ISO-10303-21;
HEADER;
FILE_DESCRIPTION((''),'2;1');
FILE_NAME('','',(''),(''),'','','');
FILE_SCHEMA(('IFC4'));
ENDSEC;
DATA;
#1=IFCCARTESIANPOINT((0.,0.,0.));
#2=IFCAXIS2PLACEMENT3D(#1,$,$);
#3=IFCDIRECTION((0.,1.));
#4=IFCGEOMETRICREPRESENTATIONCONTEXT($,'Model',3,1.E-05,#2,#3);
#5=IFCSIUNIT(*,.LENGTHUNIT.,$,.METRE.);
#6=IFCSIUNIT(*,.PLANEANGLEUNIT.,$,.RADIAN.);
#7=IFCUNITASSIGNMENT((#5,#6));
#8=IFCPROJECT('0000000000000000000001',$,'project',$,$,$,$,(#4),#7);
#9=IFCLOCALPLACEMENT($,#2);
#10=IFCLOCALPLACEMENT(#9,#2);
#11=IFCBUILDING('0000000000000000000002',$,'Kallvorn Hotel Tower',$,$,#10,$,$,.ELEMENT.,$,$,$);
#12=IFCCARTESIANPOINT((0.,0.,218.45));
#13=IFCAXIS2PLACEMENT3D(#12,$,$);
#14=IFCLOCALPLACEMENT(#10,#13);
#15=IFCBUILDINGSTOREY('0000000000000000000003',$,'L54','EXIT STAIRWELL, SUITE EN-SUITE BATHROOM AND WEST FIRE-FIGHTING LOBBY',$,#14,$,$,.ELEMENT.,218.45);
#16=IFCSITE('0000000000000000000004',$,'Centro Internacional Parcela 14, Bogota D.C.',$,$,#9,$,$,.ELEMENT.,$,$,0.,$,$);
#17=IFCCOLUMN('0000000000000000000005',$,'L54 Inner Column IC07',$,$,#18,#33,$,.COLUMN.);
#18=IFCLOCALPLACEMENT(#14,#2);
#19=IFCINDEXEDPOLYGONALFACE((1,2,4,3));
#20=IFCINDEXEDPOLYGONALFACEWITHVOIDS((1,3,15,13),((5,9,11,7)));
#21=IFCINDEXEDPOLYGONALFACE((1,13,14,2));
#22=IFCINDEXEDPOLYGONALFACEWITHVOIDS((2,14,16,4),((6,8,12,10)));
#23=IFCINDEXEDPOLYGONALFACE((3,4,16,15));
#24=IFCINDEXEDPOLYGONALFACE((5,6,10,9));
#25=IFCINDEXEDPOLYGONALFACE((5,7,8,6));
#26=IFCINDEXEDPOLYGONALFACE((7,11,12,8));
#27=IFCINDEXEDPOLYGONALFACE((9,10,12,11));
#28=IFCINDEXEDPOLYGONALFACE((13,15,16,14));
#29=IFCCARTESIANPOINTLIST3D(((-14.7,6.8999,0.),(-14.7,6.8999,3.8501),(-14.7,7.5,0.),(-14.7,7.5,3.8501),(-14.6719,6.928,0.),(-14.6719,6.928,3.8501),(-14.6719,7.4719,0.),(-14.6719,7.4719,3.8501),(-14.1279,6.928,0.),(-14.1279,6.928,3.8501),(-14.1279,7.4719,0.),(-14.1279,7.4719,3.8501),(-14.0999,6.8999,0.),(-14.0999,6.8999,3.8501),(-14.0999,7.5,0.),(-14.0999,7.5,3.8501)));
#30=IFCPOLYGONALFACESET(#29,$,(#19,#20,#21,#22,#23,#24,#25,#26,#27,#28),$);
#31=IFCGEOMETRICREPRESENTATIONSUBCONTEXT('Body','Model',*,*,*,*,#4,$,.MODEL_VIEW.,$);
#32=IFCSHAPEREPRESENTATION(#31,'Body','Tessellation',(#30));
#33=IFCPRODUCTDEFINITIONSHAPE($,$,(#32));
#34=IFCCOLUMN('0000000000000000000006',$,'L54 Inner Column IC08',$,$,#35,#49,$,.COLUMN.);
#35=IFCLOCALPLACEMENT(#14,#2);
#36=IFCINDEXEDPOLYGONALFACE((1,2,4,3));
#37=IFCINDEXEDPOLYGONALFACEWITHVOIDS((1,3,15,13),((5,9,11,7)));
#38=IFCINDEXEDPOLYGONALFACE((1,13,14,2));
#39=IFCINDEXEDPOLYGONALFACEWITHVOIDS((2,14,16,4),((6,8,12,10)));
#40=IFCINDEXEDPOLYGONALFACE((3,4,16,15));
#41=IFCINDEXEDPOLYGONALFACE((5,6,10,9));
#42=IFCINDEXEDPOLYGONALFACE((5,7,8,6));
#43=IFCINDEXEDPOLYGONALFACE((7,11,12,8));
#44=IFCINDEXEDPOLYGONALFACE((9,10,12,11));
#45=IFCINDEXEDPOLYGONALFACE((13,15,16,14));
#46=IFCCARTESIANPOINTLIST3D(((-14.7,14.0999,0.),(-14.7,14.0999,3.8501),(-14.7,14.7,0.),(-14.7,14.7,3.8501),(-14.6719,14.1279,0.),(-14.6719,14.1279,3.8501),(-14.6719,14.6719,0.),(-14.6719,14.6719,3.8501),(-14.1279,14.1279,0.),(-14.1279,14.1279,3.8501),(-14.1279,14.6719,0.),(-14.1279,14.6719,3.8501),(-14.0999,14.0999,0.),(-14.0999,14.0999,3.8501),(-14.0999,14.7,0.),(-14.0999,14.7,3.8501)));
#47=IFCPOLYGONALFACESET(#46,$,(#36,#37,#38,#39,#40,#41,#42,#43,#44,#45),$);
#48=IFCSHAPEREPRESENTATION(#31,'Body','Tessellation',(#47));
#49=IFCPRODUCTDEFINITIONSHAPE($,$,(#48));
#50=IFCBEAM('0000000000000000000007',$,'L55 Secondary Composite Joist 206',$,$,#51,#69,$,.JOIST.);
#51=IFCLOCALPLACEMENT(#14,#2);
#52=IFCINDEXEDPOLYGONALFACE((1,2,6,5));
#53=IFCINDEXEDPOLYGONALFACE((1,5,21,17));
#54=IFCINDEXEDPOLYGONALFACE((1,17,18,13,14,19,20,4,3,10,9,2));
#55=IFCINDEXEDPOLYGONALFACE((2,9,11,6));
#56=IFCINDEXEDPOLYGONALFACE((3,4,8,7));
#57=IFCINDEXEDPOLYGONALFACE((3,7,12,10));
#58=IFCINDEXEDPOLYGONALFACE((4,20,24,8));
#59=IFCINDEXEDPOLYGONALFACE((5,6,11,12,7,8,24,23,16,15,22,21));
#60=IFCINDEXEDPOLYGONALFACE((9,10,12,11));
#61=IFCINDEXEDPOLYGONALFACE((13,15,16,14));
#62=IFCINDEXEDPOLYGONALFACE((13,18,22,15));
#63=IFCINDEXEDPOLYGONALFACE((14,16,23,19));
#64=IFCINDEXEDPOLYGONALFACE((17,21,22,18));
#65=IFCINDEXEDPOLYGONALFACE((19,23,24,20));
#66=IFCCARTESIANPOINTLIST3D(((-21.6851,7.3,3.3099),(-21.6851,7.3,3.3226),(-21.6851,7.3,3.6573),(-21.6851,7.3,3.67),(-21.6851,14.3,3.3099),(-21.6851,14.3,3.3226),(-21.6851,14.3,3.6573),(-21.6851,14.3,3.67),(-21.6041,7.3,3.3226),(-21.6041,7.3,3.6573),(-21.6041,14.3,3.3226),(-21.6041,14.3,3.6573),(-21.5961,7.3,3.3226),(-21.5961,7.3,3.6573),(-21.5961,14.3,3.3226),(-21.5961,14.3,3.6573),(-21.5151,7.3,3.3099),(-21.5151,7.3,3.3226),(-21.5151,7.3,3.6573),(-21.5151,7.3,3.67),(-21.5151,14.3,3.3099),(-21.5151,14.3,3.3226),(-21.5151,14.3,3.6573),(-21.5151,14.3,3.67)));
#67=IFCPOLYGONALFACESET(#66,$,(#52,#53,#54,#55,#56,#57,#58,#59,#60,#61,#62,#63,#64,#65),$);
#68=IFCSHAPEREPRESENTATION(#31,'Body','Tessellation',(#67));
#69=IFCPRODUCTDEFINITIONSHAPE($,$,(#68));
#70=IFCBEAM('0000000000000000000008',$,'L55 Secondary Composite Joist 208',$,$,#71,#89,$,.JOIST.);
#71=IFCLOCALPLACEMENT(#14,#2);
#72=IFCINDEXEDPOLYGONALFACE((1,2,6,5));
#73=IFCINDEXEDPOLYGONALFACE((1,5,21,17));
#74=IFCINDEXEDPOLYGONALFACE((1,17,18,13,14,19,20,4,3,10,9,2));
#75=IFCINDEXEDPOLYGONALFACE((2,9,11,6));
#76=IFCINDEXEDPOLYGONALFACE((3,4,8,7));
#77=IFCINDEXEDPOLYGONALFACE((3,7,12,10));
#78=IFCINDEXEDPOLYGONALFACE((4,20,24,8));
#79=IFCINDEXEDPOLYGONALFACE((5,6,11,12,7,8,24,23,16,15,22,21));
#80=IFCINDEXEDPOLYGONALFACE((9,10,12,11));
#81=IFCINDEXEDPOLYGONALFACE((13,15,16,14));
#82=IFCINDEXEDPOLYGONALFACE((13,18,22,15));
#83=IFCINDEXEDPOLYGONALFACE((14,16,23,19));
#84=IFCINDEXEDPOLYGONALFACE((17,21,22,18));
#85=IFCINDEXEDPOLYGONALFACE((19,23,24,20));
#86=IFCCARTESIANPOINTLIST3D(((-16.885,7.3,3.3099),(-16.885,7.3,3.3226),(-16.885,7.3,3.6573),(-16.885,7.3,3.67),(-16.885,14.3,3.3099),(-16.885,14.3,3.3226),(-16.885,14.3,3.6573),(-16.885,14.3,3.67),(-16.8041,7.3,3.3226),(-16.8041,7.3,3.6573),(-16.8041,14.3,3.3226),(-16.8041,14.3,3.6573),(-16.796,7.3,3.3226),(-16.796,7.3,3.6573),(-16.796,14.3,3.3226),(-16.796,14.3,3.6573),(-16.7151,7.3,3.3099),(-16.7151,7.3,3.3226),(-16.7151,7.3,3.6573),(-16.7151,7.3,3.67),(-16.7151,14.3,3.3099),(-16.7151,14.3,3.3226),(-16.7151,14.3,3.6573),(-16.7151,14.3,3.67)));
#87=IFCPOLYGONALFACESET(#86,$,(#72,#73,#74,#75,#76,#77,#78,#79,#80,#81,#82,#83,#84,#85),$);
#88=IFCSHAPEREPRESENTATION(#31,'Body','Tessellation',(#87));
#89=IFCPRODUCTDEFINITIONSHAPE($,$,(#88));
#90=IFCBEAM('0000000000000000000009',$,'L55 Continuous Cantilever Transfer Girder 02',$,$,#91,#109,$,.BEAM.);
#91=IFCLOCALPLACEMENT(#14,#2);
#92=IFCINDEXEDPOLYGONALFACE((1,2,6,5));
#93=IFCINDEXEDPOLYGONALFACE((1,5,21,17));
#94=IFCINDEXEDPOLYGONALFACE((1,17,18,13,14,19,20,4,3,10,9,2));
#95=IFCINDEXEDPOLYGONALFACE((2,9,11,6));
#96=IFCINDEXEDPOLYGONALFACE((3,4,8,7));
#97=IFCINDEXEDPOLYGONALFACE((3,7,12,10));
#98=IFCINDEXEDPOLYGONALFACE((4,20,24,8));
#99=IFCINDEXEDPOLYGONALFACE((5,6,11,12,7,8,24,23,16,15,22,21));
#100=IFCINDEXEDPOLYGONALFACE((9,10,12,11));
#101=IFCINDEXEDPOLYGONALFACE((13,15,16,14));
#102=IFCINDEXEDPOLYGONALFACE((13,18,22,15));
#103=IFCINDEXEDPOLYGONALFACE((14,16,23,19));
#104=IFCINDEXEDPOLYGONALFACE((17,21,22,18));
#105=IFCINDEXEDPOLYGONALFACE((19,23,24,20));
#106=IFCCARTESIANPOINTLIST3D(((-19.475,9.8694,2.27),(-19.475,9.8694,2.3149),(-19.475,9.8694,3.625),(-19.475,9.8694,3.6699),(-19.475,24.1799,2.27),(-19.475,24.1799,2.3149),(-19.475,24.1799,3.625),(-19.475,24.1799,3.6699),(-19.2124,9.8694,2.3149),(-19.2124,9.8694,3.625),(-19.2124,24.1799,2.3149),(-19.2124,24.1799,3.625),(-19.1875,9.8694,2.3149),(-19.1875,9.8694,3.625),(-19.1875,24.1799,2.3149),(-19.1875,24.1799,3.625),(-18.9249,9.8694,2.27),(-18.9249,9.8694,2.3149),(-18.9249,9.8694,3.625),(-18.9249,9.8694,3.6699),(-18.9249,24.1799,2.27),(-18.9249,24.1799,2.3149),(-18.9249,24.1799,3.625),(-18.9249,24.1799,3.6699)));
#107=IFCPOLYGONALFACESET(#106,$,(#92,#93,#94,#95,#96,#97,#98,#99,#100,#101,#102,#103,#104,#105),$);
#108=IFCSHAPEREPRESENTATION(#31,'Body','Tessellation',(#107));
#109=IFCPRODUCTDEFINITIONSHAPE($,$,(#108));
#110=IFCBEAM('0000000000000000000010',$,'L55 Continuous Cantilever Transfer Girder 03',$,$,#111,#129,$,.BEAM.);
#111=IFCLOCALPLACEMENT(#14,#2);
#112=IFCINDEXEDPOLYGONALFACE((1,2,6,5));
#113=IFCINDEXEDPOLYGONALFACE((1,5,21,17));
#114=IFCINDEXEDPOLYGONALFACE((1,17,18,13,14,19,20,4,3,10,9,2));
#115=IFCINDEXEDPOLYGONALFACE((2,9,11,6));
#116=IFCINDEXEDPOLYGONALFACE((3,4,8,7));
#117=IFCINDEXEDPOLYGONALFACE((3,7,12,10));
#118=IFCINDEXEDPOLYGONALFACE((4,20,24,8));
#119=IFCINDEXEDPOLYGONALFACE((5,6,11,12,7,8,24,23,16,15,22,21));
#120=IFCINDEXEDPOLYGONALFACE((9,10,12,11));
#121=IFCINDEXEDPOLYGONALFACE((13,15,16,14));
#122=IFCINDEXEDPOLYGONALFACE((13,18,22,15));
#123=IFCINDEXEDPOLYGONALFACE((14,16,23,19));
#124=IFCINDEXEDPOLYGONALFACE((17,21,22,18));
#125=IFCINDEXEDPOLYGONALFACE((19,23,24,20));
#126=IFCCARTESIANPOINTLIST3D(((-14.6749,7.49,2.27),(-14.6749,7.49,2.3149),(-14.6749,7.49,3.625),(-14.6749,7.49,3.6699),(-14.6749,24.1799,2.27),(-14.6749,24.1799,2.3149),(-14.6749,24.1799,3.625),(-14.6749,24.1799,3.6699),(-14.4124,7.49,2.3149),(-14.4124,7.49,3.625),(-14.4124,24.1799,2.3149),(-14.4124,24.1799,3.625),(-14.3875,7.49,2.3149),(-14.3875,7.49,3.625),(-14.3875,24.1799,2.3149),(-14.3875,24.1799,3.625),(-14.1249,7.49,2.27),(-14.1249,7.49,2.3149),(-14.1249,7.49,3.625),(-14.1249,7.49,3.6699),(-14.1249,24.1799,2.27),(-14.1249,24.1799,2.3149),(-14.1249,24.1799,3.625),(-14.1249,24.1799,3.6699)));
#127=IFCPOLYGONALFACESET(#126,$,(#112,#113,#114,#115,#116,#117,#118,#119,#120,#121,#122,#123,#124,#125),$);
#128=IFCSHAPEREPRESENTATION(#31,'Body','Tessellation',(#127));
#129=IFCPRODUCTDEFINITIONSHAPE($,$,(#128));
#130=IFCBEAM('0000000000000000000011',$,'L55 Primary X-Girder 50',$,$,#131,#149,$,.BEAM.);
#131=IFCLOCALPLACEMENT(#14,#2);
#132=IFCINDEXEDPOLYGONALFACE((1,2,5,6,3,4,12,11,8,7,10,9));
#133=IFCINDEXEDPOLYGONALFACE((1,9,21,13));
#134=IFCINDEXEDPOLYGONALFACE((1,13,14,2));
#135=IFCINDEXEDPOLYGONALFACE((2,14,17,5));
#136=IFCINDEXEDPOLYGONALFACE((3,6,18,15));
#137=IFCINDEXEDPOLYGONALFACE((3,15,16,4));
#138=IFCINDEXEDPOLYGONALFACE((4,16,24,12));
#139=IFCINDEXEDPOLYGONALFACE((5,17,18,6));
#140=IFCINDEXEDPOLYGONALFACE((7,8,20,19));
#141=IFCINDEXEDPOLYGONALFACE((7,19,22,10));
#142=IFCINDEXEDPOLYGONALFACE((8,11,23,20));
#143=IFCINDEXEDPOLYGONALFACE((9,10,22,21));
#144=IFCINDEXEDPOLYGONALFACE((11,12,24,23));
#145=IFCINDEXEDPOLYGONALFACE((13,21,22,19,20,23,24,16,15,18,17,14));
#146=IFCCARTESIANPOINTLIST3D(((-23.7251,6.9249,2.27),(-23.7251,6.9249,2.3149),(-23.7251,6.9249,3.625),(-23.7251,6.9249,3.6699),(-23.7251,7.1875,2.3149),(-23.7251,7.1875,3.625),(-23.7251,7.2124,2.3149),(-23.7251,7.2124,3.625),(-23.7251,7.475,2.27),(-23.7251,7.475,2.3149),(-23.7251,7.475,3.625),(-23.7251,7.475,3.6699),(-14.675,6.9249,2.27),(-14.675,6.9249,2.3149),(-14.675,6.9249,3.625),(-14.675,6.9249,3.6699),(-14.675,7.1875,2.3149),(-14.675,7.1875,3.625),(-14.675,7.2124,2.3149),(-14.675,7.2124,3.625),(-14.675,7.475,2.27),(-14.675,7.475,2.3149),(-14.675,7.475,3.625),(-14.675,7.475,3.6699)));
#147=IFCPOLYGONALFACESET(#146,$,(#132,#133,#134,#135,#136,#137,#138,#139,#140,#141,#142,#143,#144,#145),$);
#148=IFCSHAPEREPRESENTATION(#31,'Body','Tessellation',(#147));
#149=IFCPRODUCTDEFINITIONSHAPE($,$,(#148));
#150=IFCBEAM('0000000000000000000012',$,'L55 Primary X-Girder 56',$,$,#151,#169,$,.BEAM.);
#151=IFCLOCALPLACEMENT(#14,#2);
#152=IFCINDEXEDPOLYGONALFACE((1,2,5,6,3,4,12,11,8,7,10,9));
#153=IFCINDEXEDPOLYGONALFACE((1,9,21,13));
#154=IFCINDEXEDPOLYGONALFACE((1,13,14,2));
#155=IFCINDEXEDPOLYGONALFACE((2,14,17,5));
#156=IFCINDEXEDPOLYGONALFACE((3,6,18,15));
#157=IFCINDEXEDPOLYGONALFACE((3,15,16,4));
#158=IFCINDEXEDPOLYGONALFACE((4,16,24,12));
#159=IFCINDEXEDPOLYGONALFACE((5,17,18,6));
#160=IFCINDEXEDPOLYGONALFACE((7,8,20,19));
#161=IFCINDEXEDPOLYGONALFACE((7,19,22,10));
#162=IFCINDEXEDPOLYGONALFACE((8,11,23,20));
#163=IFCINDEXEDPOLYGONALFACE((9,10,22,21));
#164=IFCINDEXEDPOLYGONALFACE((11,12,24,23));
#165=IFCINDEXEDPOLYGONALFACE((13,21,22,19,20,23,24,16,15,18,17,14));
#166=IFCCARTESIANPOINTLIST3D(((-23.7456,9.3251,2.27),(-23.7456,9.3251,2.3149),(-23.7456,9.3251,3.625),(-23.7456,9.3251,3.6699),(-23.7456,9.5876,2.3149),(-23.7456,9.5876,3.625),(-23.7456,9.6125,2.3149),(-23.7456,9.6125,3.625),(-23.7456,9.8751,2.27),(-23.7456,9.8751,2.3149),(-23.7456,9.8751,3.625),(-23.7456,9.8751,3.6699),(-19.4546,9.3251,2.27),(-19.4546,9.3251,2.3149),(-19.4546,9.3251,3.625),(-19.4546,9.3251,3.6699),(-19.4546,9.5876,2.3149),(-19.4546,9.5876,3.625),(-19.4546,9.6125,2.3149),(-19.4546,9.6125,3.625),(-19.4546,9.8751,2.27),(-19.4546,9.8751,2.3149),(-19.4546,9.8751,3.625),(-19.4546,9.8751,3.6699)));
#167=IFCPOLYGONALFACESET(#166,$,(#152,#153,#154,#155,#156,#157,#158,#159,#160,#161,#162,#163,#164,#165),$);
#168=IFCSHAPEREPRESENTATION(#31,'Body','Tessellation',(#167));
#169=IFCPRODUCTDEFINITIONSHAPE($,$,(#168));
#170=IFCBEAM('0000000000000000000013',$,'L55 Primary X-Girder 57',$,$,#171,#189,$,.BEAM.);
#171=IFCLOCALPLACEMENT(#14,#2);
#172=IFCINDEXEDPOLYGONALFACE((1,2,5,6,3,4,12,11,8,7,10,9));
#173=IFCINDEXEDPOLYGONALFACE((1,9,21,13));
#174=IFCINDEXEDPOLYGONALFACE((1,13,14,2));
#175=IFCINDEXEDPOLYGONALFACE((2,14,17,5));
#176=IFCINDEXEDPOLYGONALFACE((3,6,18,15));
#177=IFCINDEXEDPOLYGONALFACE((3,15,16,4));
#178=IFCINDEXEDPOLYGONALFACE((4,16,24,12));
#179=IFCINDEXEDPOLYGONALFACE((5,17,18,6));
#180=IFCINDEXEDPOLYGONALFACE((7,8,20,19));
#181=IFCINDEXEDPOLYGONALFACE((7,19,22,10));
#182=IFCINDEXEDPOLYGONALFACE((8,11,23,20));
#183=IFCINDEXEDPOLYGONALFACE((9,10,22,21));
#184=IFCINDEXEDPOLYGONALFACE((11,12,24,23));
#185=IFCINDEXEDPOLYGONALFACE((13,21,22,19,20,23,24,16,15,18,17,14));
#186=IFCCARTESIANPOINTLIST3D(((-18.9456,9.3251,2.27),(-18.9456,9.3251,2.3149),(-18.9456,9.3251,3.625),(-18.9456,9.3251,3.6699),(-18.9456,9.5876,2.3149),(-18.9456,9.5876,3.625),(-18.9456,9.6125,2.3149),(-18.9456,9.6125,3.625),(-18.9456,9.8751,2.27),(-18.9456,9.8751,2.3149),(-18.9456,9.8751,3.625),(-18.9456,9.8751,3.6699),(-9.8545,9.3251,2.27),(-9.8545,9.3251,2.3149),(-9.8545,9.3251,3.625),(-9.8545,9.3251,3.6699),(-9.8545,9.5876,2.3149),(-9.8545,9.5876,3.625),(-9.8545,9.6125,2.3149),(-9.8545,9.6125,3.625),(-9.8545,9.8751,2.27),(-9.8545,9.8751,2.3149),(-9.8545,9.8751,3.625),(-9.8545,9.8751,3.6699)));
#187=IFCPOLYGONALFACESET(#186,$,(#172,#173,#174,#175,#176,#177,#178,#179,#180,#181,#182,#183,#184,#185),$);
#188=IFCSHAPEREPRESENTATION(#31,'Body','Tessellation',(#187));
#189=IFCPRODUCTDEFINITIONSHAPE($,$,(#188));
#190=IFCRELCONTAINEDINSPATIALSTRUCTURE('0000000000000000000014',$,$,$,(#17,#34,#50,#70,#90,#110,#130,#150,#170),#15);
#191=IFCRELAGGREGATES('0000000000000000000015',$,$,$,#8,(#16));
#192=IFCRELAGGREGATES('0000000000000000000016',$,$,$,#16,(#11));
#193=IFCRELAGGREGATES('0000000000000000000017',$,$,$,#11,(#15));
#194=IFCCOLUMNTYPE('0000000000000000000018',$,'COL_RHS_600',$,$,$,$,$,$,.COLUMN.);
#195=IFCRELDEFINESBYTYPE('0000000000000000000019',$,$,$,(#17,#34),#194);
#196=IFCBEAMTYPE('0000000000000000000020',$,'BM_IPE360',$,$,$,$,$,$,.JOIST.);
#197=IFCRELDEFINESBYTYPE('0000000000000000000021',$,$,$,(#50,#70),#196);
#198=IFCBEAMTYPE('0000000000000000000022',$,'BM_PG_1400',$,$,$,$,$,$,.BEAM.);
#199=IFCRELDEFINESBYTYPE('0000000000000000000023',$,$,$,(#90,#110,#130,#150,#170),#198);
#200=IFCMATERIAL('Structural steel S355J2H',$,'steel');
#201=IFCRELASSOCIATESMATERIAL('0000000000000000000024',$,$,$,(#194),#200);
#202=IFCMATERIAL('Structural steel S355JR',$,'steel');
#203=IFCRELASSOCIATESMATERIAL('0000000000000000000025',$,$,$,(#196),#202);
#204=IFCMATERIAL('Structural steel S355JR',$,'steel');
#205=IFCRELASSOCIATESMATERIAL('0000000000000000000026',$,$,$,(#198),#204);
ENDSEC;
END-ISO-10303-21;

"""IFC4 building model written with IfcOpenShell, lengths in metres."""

from ifc_helpers import new_model, si_unit, direction, frame, origin, origin_2d, place, context, subcontext, project, spatial, hollow_rectangle, i_section, extrude, material, material_profile, profile_set, type_object, element, save


model = new_model("IFC4")

# Units and contexts
model_context = context("Model", 3, precision=1e-05, world=origin(), true_north=direction((0.0, 1.0)))
body_context = subcontext(model_context, "Body", "Model", "MODEL_VIEW")
ifc_project = project(units=[si_unit("LENGTHUNIT", "METRE"), si_unit("PLANEANGLEUNIT", "RADIAN")], contexts=[model_context])

# Site, building, storey
site_placement = place(None, origin())
site = spatial("IfcSite", under=ifc_project, at=site_placement, Name="Centro Internacional Parcela 14, Bogota D.C.", CompositionType="ELEMENT", RefElevation=0.0)
building_placement = place(site_placement, origin())
building = spatial("IfcBuilding", under=site, at=building_placement, Name="Kallvorn Hotel Tower", CompositionType="ELEMENT")
storey_placement = place(building_placement, frame((0.0, 0.0, 218.45)))
storey = spatial("IfcBuildingStorey", under=building, at=storey_placement, Name="L54", Description="EXIT STAIRWELL, SUITE EN-SUITE BATHROOM AND WEST FIRE-FIGHTING LOBBY", CompositionType="ELEMENT", Elevation=218.45)

# Columns
ifc_material_1 = material(Name="Structural steel S355J2H", Category="steel")
ifc_material_profile_1 = material_profile(ifc_material_1, hollow_rectangle(XDim=0.6001, YDim=0.6001, WallThickness=0.0281, at=origin_2d()), Name="RHS 600x600x28")
ifc_profile_set_1 = profile_set([ifc_material_profile_1], Name="Structural steel S355J2H")
column_type_1 = type_object("IfcColumnType", Name="COL_RHS_600", PredefinedType="COLUMN", material=ifc_profile_set_1)
for number, where, z_axis, x_axis, name in (
    (1, (-14.3999, 7.2, 0.0), (0.0, 0.0, 1.0), (1.0, 0.0, 0.0), "L54 Inner Column IC07"),
    (2, (-14.3999, 14.3999, 0.0), (0.0, 0.0, 1.0), (1.0, 0.0, 0.0), "L54 Inner Column IC08"),
):
    element("IfcColumn", number, at=place(storey_placement, frame(where, z_axis=z_axis, x_axis=x_axis)), inside=storey, type_object=column_type_1, Name=name, PredefinedType="COLUMN", context=body_context, shape_type="SweptSolid", body=[
        extrude(hollow_rectangle(XDim=0.6001, YDim=0.6001, WallThickness=0.0281, at=origin_2d()), origin(), (0.0, 0.0, 1.0), 3.8501),
    ])

# Beams
ifc_material_2 = material(Name="Structural steel S355JR", Category="steel")
ifc_material_profile_2 = material_profile(ifc_material_2, i_section(OverallWidth=0.1699, OverallDepth=0.3601, WebThickness=0.0081, FlangeThickness=0.0127, at=origin_2d()), Name="IPE 360")
ifc_profile_set_2 = profile_set([ifc_material_profile_2], Name="Structural steel S355JR")
beam_type_1 = type_object("IfcBeamType", Name="BM_IPE360", PredefinedType="JOIST", material=ifc_profile_set_2)
for number, where, z_axis, x_axis, name in (
    (3, (-21.6001, 7.3, 3.49), (0.0, 1.0, 0.0), (-1.0, 0.0, 0.0), "L55 Secondary Composite Joist 206"),
    (4, (-16.8, 7.3, 3.49), (0.0, 1.0, 0.0), (-1.0, 0.0, 0.0), "L55 Secondary Composite Joist 208"),
):
    element("IfcBeam", number, at=place(storey_placement, frame(where, z_axis=z_axis, x_axis=x_axis)), inside=storey, type_object=beam_type_1, Name=name, PredefinedType="JOIST", context=body_context, shape_type="SweptSolid", body=[
        extrude(i_section(OverallWidth=0.1699, OverallDepth=0.3601, WebThickness=0.0081, FlangeThickness=0.0127, at=origin_2d()), origin(), (0.0, 0.0, 1.0), 7.0),
    ])
ifc_material_3 = material(Name="Structural steel S355JR", Category="steel")
ifc_material_profile_3 = material_profile(ifc_material_3, i_section(OverallWidth=0.55, OverallDepth=1.3999, WebThickness=0.0249, FlangeThickness=0.0449, at=origin_2d()), Name="PG 1400x550x25x45")
ifc_profile_set_3 = profile_set([ifc_material_profile_3], Name="Structural steel S355JR")
beam_type_2 = type_object("IfcBeamType", Name="BM_PG_1400", PredefinedType="BEAM", material=ifc_profile_set_3)
beam_1_placement = place(storey_placement, frame((-19.2, 9.8694, 2.97), z_axis=(0.0, 1.0, 0.0), x_axis=(-1.0, 0.0, 0.0)))
element("IfcBeam", 5, at=beam_1_placement, inside=storey, type_object=beam_type_2, Name="L55 Continuous Cantilever Transfer Girder 02", PredefinedType="BEAM", context=body_context, shape_type="SweptSolid", body=[
    extrude(i_section(OverallWidth=0.55, OverallDepth=1.3999, WebThickness=0.0249, FlangeThickness=0.0449, at=origin_2d()), origin(), (0.0, 0.0, 1.0), 14.3105),
])
beam_2_placement = place(storey_placement, frame((-14.3999, 7.49, 2.97), z_axis=(0.0, 1.0, 0.0), x_axis=(-1.0, 0.0, 0.0)))
element("IfcBeam", 6, at=beam_2_placement, inside=storey, type_object=beam_type_2, Name="L55 Continuous Cantilever Transfer Girder 03", PredefinedType="BEAM", context=body_context, shape_type="SweptSolid", body=[
    extrude(i_section(OverallWidth=0.55, OverallDepth=1.3999, WebThickness=0.0249, FlangeThickness=0.0449, at=origin_2d()), origin(), (0.0, 0.0, 1.0), 16.6899),
])
beam_3_placement = place(storey_placement, frame((-23.7251, 7.2, 2.97), z_axis=(1.0, 0.0, 0.0), x_axis=(0.0, 1.0, 0.0)))
element("IfcBeam", 7, at=beam_3_placement, inside=storey, type_object=beam_type_2, Name="L55 Primary X-Girder 50", PredefinedType="BEAM", context=body_context, shape_type="SweptSolid", body=[
    extrude(i_section(OverallWidth=0.55, OverallDepth=1.3999, WebThickness=0.0249, FlangeThickness=0.0449, at=origin_2d()), origin(), (0.0, 0.0, 1.0), 9.05),
])
beam_4_placement = place(storey_placement, frame((-23.7456, 9.6001, 2.97), z_axis=(1.0, 0.0, 0.0), x_axis=(0.0, 1.0, 0.0)))
element("IfcBeam", 8, at=beam_4_placement, inside=storey, type_object=beam_type_2, Name="L55 Primary X-Girder 56", PredefinedType="BEAM", context=body_context, shape_type="SweptSolid", body=[
    extrude(i_section(OverallWidth=0.55, OverallDepth=1.3999, WebThickness=0.0249, FlangeThickness=0.0449, at=origin_2d()), origin(), (0.0, 0.0, 1.0), 4.291),
])
beam_5_placement = place(storey_placement, frame((-18.9456, 9.6001, 2.97), z_axis=(1.0, 0.0, 0.0), x_axis=(0.0, 1.0, 0.0)))
element("IfcBeam", 9, at=beam_5_placement, inside=storey, type_object=beam_type_2, Name="L55 Primary X-Girder 57", PredefinedType="BEAM", context=body_context, shape_type="SweptSolid", body=[
    extrude(i_section(OverallWidth=0.55, OverallDepth=1.3999, WebThickness=0.0249, FlangeThickness=0.0449, at=origin_2d()), origin(), (0.0, 0.0, 1.0), 9.0911),
])

save(model, "model.ifc")
